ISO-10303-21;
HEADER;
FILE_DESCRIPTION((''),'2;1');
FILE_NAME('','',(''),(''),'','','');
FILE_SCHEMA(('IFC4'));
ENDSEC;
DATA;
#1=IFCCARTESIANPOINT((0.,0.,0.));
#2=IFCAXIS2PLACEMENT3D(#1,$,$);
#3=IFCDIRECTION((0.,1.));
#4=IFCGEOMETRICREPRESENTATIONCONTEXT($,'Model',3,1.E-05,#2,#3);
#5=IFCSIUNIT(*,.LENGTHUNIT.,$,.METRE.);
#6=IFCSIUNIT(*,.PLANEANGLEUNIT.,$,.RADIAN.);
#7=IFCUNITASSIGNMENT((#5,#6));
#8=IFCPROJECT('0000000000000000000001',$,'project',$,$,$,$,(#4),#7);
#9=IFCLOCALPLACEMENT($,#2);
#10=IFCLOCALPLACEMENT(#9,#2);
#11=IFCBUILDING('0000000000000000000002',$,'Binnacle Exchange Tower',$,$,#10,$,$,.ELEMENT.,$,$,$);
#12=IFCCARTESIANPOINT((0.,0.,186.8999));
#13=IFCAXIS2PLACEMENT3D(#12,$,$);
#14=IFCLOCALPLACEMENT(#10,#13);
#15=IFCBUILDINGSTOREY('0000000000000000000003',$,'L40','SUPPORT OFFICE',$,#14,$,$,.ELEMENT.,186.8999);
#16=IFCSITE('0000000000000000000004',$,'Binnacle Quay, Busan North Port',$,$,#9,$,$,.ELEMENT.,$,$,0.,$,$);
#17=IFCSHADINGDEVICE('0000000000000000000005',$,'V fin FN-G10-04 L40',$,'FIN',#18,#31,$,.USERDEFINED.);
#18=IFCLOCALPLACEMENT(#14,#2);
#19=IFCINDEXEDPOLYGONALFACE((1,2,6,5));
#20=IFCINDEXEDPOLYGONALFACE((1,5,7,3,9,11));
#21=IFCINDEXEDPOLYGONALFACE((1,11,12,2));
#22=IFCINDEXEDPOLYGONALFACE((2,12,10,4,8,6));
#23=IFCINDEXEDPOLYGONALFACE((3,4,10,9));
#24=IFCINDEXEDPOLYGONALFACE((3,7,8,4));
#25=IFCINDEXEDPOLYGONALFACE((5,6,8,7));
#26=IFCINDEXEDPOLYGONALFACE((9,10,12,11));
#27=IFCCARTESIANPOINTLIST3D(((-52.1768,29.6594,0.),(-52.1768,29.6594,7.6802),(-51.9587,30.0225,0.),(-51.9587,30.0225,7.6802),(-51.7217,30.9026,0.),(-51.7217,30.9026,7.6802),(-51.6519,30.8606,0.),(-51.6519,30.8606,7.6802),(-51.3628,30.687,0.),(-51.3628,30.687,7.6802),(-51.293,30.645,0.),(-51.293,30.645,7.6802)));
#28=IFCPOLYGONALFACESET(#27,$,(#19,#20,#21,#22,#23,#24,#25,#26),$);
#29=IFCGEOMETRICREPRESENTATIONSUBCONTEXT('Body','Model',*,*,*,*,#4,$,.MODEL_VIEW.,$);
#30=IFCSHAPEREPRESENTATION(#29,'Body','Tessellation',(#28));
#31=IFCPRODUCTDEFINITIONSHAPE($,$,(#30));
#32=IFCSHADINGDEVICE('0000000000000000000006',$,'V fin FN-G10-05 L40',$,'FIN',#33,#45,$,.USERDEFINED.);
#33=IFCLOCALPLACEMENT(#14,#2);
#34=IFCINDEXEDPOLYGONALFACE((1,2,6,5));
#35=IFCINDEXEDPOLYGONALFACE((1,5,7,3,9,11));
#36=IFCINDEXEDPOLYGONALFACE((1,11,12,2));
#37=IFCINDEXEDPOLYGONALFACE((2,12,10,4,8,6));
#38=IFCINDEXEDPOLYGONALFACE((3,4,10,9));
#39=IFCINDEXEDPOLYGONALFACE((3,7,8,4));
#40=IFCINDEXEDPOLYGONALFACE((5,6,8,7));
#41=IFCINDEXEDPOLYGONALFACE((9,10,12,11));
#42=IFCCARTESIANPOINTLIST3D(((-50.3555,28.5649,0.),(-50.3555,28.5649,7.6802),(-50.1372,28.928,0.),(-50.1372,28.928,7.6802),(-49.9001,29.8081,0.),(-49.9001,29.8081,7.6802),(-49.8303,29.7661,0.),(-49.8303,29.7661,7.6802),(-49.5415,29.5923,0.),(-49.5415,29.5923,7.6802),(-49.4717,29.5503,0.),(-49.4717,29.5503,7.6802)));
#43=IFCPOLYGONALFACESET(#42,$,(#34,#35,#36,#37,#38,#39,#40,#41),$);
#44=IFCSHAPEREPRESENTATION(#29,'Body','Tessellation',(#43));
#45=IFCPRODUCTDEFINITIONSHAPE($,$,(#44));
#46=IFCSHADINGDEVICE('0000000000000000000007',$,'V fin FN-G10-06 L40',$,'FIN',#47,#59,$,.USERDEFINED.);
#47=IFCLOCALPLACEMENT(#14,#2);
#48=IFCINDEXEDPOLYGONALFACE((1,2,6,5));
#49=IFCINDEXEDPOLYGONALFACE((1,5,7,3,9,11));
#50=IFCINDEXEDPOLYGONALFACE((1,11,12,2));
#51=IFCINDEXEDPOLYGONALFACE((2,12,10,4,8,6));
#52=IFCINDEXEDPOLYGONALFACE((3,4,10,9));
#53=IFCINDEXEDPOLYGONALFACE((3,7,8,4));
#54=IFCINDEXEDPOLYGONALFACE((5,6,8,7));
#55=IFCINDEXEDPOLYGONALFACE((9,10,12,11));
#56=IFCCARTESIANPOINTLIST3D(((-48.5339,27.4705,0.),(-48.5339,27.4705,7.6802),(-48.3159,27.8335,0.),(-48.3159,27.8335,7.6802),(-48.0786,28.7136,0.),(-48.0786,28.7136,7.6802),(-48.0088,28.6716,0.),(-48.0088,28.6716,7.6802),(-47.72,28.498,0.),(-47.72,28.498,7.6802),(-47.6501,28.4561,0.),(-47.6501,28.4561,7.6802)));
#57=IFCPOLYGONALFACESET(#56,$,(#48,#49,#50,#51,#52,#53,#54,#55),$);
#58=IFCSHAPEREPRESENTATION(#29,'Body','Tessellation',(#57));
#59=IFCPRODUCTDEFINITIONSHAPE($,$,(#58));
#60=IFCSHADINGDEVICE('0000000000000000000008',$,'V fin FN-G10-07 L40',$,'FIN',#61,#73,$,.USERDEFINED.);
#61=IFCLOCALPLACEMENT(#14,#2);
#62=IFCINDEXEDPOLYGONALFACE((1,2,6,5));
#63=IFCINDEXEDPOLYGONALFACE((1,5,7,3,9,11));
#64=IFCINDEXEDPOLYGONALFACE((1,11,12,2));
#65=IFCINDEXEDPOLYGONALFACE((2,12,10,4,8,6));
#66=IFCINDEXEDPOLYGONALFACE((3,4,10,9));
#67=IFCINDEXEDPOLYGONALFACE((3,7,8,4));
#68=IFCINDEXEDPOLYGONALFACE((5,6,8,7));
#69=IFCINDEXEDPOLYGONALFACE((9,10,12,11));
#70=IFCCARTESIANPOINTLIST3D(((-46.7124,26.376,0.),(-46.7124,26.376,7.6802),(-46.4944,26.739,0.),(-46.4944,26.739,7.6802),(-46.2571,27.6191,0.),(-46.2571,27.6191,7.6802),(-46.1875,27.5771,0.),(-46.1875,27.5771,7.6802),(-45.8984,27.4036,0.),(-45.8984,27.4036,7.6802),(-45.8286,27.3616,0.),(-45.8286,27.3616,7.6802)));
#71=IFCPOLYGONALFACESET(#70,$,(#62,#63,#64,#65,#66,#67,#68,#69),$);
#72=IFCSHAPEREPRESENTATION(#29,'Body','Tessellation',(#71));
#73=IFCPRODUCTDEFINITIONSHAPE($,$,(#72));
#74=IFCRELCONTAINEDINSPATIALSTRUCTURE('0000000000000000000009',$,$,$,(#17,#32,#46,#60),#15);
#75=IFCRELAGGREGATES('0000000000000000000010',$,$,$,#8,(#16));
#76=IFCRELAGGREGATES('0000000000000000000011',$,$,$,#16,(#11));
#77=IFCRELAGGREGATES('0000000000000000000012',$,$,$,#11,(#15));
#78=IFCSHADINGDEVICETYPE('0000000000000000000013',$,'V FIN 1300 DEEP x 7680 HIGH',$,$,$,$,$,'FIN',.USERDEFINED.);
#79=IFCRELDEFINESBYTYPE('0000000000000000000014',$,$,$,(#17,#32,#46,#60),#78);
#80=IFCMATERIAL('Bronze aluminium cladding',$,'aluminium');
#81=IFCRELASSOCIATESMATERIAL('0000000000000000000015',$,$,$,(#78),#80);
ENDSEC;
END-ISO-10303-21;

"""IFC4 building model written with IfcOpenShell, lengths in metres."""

from ifc_helpers import new_model, si_unit, direction, frame, origin, place, context, subcontext, project, spatial, polyline, outline, extrude, material, type_object, element, save


model = new_model("IFC4")

# Units and contexts
model_context = context("Model", 3, precision=1e-05, world=origin(), true_north=direction((0.0, 1.0)))
body_context = subcontext(model_context, "Body", "Model", "MODEL_VIEW")
ifc_project = project(units=[si_unit("LENGTHUNIT", "METRE"), si_unit("PLANEANGLEUNIT", "RADIAN")], contexts=[model_context])

# Site, building, storey
site_placement = place(None, origin())
site = spatial("IfcSite", under=ifc_project, at=site_placement, Name="Binnacle Quay, Busan North Port", CompositionType="ELEMENT", RefElevation=0.0)
building_placement = place(site_placement, origin())
building = spatial("IfcBuilding", under=site, at=building_placement, Name="Binnacle Exchange Tower", CompositionType="ELEMENT")
storey_placement = place(building_placement, frame((0.0, 0.0, 186.8999)))
storey = spatial("IfcBuildingStorey", under=building, at=storey_placement, Name="L40", Description="SUPPORT OFFICE", CompositionType="ELEMENT", Elevation=186.8999)

# Shading devices
ifc_material_1 = material(Name="Bronze aluminium cladding", Category="aluminium")
shading_device_type = type_object("IfcShadingDeviceType", Name="V FIN 1300 DEEP x 7680 HIGH", ElementType="FIN", PredefinedType="USERDEFINED", material=ifc_material_1)
shading_device_1_placement = place(storey_placement, origin())
element("IfcShadingDevice", 1, at=shading_device_1_placement, inside=storey, type_object=shading_device_type, Name="V fin FN-G10-04 L40", ObjectType="FIN", PredefinedType="USERDEFINED", context=body_context, shape_type="SweptSolid", body=[
    extrude(outline(polyline([(-51.7217, 30.9026), (-52.1768, 29.6594), (-51.293, 30.645), (-51.3628, 30.687), (-51.9587, 30.0225), (-51.6519, 30.8606), (-51.7217, 30.9026)])), origin(), (0.0, 0.0, 1.0), 7.6802),
])
shading_device_2_placement = place(storey_placement, origin())
element("IfcShadingDevice", 2, at=shading_device_2_placement, inside=storey, type_object=shading_device_type, Name="V fin FN-G10-05 L40", ObjectType="FIN", PredefinedType="USERDEFINED", context=body_context, shape_type="SweptSolid", body=[
    extrude(outline(polyline([(-49.9001, 29.8081), (-50.3555, 28.5649), (-49.4717, 29.5503), (-49.5415, 29.5923), (-50.1372, 28.928), (-49.8303, 29.7661), (-49.9001, 29.8081)])), origin(), (0.0, 0.0, 1.0), 7.6802),
])
shading_device_3_placement = place(storey_placement, origin())
element("IfcShadingDevice", 3, at=shading_device_3_placement, inside=storey, type_object=shading_device_type, Name="V fin FN-G10-06 L40", ObjectType="FIN", PredefinedType="USERDEFINED", context=body_context, shape_type="SweptSolid", body=[
    extrude(outline(polyline([(-48.0786, 28.7136), (-48.5339, 27.4705), (-47.6501, 28.4561), (-47.72, 28.498), (-48.3159, 27.8335), (-48.0088, 28.6716), (-48.0786, 28.7136)])), origin(), (0.0, 0.0, 1.0), 7.6802),
])
shading_device_4_placement = place(storey_placement, origin())
element("IfcShadingDevice", 4, at=shading_device_4_placement, inside=storey, type_object=shading_device_type, Name="V fin FN-G10-07 L40", ObjectType="FIN", PredefinedType="USERDEFINED", context=body_context, shape_type="SweptSolid", body=[
    extrude(outline(polyline([(-46.2571, 27.6191), (-46.7124, 26.376), (-45.8286, 27.3616), (-45.8984, 27.4036), (-46.4944, 26.739), (-46.1875, 27.5771), (-46.2571, 27.6191)])), origin(), (0.0, 0.0, 1.0), 7.6802),
])

save(model, "model.ifc")
